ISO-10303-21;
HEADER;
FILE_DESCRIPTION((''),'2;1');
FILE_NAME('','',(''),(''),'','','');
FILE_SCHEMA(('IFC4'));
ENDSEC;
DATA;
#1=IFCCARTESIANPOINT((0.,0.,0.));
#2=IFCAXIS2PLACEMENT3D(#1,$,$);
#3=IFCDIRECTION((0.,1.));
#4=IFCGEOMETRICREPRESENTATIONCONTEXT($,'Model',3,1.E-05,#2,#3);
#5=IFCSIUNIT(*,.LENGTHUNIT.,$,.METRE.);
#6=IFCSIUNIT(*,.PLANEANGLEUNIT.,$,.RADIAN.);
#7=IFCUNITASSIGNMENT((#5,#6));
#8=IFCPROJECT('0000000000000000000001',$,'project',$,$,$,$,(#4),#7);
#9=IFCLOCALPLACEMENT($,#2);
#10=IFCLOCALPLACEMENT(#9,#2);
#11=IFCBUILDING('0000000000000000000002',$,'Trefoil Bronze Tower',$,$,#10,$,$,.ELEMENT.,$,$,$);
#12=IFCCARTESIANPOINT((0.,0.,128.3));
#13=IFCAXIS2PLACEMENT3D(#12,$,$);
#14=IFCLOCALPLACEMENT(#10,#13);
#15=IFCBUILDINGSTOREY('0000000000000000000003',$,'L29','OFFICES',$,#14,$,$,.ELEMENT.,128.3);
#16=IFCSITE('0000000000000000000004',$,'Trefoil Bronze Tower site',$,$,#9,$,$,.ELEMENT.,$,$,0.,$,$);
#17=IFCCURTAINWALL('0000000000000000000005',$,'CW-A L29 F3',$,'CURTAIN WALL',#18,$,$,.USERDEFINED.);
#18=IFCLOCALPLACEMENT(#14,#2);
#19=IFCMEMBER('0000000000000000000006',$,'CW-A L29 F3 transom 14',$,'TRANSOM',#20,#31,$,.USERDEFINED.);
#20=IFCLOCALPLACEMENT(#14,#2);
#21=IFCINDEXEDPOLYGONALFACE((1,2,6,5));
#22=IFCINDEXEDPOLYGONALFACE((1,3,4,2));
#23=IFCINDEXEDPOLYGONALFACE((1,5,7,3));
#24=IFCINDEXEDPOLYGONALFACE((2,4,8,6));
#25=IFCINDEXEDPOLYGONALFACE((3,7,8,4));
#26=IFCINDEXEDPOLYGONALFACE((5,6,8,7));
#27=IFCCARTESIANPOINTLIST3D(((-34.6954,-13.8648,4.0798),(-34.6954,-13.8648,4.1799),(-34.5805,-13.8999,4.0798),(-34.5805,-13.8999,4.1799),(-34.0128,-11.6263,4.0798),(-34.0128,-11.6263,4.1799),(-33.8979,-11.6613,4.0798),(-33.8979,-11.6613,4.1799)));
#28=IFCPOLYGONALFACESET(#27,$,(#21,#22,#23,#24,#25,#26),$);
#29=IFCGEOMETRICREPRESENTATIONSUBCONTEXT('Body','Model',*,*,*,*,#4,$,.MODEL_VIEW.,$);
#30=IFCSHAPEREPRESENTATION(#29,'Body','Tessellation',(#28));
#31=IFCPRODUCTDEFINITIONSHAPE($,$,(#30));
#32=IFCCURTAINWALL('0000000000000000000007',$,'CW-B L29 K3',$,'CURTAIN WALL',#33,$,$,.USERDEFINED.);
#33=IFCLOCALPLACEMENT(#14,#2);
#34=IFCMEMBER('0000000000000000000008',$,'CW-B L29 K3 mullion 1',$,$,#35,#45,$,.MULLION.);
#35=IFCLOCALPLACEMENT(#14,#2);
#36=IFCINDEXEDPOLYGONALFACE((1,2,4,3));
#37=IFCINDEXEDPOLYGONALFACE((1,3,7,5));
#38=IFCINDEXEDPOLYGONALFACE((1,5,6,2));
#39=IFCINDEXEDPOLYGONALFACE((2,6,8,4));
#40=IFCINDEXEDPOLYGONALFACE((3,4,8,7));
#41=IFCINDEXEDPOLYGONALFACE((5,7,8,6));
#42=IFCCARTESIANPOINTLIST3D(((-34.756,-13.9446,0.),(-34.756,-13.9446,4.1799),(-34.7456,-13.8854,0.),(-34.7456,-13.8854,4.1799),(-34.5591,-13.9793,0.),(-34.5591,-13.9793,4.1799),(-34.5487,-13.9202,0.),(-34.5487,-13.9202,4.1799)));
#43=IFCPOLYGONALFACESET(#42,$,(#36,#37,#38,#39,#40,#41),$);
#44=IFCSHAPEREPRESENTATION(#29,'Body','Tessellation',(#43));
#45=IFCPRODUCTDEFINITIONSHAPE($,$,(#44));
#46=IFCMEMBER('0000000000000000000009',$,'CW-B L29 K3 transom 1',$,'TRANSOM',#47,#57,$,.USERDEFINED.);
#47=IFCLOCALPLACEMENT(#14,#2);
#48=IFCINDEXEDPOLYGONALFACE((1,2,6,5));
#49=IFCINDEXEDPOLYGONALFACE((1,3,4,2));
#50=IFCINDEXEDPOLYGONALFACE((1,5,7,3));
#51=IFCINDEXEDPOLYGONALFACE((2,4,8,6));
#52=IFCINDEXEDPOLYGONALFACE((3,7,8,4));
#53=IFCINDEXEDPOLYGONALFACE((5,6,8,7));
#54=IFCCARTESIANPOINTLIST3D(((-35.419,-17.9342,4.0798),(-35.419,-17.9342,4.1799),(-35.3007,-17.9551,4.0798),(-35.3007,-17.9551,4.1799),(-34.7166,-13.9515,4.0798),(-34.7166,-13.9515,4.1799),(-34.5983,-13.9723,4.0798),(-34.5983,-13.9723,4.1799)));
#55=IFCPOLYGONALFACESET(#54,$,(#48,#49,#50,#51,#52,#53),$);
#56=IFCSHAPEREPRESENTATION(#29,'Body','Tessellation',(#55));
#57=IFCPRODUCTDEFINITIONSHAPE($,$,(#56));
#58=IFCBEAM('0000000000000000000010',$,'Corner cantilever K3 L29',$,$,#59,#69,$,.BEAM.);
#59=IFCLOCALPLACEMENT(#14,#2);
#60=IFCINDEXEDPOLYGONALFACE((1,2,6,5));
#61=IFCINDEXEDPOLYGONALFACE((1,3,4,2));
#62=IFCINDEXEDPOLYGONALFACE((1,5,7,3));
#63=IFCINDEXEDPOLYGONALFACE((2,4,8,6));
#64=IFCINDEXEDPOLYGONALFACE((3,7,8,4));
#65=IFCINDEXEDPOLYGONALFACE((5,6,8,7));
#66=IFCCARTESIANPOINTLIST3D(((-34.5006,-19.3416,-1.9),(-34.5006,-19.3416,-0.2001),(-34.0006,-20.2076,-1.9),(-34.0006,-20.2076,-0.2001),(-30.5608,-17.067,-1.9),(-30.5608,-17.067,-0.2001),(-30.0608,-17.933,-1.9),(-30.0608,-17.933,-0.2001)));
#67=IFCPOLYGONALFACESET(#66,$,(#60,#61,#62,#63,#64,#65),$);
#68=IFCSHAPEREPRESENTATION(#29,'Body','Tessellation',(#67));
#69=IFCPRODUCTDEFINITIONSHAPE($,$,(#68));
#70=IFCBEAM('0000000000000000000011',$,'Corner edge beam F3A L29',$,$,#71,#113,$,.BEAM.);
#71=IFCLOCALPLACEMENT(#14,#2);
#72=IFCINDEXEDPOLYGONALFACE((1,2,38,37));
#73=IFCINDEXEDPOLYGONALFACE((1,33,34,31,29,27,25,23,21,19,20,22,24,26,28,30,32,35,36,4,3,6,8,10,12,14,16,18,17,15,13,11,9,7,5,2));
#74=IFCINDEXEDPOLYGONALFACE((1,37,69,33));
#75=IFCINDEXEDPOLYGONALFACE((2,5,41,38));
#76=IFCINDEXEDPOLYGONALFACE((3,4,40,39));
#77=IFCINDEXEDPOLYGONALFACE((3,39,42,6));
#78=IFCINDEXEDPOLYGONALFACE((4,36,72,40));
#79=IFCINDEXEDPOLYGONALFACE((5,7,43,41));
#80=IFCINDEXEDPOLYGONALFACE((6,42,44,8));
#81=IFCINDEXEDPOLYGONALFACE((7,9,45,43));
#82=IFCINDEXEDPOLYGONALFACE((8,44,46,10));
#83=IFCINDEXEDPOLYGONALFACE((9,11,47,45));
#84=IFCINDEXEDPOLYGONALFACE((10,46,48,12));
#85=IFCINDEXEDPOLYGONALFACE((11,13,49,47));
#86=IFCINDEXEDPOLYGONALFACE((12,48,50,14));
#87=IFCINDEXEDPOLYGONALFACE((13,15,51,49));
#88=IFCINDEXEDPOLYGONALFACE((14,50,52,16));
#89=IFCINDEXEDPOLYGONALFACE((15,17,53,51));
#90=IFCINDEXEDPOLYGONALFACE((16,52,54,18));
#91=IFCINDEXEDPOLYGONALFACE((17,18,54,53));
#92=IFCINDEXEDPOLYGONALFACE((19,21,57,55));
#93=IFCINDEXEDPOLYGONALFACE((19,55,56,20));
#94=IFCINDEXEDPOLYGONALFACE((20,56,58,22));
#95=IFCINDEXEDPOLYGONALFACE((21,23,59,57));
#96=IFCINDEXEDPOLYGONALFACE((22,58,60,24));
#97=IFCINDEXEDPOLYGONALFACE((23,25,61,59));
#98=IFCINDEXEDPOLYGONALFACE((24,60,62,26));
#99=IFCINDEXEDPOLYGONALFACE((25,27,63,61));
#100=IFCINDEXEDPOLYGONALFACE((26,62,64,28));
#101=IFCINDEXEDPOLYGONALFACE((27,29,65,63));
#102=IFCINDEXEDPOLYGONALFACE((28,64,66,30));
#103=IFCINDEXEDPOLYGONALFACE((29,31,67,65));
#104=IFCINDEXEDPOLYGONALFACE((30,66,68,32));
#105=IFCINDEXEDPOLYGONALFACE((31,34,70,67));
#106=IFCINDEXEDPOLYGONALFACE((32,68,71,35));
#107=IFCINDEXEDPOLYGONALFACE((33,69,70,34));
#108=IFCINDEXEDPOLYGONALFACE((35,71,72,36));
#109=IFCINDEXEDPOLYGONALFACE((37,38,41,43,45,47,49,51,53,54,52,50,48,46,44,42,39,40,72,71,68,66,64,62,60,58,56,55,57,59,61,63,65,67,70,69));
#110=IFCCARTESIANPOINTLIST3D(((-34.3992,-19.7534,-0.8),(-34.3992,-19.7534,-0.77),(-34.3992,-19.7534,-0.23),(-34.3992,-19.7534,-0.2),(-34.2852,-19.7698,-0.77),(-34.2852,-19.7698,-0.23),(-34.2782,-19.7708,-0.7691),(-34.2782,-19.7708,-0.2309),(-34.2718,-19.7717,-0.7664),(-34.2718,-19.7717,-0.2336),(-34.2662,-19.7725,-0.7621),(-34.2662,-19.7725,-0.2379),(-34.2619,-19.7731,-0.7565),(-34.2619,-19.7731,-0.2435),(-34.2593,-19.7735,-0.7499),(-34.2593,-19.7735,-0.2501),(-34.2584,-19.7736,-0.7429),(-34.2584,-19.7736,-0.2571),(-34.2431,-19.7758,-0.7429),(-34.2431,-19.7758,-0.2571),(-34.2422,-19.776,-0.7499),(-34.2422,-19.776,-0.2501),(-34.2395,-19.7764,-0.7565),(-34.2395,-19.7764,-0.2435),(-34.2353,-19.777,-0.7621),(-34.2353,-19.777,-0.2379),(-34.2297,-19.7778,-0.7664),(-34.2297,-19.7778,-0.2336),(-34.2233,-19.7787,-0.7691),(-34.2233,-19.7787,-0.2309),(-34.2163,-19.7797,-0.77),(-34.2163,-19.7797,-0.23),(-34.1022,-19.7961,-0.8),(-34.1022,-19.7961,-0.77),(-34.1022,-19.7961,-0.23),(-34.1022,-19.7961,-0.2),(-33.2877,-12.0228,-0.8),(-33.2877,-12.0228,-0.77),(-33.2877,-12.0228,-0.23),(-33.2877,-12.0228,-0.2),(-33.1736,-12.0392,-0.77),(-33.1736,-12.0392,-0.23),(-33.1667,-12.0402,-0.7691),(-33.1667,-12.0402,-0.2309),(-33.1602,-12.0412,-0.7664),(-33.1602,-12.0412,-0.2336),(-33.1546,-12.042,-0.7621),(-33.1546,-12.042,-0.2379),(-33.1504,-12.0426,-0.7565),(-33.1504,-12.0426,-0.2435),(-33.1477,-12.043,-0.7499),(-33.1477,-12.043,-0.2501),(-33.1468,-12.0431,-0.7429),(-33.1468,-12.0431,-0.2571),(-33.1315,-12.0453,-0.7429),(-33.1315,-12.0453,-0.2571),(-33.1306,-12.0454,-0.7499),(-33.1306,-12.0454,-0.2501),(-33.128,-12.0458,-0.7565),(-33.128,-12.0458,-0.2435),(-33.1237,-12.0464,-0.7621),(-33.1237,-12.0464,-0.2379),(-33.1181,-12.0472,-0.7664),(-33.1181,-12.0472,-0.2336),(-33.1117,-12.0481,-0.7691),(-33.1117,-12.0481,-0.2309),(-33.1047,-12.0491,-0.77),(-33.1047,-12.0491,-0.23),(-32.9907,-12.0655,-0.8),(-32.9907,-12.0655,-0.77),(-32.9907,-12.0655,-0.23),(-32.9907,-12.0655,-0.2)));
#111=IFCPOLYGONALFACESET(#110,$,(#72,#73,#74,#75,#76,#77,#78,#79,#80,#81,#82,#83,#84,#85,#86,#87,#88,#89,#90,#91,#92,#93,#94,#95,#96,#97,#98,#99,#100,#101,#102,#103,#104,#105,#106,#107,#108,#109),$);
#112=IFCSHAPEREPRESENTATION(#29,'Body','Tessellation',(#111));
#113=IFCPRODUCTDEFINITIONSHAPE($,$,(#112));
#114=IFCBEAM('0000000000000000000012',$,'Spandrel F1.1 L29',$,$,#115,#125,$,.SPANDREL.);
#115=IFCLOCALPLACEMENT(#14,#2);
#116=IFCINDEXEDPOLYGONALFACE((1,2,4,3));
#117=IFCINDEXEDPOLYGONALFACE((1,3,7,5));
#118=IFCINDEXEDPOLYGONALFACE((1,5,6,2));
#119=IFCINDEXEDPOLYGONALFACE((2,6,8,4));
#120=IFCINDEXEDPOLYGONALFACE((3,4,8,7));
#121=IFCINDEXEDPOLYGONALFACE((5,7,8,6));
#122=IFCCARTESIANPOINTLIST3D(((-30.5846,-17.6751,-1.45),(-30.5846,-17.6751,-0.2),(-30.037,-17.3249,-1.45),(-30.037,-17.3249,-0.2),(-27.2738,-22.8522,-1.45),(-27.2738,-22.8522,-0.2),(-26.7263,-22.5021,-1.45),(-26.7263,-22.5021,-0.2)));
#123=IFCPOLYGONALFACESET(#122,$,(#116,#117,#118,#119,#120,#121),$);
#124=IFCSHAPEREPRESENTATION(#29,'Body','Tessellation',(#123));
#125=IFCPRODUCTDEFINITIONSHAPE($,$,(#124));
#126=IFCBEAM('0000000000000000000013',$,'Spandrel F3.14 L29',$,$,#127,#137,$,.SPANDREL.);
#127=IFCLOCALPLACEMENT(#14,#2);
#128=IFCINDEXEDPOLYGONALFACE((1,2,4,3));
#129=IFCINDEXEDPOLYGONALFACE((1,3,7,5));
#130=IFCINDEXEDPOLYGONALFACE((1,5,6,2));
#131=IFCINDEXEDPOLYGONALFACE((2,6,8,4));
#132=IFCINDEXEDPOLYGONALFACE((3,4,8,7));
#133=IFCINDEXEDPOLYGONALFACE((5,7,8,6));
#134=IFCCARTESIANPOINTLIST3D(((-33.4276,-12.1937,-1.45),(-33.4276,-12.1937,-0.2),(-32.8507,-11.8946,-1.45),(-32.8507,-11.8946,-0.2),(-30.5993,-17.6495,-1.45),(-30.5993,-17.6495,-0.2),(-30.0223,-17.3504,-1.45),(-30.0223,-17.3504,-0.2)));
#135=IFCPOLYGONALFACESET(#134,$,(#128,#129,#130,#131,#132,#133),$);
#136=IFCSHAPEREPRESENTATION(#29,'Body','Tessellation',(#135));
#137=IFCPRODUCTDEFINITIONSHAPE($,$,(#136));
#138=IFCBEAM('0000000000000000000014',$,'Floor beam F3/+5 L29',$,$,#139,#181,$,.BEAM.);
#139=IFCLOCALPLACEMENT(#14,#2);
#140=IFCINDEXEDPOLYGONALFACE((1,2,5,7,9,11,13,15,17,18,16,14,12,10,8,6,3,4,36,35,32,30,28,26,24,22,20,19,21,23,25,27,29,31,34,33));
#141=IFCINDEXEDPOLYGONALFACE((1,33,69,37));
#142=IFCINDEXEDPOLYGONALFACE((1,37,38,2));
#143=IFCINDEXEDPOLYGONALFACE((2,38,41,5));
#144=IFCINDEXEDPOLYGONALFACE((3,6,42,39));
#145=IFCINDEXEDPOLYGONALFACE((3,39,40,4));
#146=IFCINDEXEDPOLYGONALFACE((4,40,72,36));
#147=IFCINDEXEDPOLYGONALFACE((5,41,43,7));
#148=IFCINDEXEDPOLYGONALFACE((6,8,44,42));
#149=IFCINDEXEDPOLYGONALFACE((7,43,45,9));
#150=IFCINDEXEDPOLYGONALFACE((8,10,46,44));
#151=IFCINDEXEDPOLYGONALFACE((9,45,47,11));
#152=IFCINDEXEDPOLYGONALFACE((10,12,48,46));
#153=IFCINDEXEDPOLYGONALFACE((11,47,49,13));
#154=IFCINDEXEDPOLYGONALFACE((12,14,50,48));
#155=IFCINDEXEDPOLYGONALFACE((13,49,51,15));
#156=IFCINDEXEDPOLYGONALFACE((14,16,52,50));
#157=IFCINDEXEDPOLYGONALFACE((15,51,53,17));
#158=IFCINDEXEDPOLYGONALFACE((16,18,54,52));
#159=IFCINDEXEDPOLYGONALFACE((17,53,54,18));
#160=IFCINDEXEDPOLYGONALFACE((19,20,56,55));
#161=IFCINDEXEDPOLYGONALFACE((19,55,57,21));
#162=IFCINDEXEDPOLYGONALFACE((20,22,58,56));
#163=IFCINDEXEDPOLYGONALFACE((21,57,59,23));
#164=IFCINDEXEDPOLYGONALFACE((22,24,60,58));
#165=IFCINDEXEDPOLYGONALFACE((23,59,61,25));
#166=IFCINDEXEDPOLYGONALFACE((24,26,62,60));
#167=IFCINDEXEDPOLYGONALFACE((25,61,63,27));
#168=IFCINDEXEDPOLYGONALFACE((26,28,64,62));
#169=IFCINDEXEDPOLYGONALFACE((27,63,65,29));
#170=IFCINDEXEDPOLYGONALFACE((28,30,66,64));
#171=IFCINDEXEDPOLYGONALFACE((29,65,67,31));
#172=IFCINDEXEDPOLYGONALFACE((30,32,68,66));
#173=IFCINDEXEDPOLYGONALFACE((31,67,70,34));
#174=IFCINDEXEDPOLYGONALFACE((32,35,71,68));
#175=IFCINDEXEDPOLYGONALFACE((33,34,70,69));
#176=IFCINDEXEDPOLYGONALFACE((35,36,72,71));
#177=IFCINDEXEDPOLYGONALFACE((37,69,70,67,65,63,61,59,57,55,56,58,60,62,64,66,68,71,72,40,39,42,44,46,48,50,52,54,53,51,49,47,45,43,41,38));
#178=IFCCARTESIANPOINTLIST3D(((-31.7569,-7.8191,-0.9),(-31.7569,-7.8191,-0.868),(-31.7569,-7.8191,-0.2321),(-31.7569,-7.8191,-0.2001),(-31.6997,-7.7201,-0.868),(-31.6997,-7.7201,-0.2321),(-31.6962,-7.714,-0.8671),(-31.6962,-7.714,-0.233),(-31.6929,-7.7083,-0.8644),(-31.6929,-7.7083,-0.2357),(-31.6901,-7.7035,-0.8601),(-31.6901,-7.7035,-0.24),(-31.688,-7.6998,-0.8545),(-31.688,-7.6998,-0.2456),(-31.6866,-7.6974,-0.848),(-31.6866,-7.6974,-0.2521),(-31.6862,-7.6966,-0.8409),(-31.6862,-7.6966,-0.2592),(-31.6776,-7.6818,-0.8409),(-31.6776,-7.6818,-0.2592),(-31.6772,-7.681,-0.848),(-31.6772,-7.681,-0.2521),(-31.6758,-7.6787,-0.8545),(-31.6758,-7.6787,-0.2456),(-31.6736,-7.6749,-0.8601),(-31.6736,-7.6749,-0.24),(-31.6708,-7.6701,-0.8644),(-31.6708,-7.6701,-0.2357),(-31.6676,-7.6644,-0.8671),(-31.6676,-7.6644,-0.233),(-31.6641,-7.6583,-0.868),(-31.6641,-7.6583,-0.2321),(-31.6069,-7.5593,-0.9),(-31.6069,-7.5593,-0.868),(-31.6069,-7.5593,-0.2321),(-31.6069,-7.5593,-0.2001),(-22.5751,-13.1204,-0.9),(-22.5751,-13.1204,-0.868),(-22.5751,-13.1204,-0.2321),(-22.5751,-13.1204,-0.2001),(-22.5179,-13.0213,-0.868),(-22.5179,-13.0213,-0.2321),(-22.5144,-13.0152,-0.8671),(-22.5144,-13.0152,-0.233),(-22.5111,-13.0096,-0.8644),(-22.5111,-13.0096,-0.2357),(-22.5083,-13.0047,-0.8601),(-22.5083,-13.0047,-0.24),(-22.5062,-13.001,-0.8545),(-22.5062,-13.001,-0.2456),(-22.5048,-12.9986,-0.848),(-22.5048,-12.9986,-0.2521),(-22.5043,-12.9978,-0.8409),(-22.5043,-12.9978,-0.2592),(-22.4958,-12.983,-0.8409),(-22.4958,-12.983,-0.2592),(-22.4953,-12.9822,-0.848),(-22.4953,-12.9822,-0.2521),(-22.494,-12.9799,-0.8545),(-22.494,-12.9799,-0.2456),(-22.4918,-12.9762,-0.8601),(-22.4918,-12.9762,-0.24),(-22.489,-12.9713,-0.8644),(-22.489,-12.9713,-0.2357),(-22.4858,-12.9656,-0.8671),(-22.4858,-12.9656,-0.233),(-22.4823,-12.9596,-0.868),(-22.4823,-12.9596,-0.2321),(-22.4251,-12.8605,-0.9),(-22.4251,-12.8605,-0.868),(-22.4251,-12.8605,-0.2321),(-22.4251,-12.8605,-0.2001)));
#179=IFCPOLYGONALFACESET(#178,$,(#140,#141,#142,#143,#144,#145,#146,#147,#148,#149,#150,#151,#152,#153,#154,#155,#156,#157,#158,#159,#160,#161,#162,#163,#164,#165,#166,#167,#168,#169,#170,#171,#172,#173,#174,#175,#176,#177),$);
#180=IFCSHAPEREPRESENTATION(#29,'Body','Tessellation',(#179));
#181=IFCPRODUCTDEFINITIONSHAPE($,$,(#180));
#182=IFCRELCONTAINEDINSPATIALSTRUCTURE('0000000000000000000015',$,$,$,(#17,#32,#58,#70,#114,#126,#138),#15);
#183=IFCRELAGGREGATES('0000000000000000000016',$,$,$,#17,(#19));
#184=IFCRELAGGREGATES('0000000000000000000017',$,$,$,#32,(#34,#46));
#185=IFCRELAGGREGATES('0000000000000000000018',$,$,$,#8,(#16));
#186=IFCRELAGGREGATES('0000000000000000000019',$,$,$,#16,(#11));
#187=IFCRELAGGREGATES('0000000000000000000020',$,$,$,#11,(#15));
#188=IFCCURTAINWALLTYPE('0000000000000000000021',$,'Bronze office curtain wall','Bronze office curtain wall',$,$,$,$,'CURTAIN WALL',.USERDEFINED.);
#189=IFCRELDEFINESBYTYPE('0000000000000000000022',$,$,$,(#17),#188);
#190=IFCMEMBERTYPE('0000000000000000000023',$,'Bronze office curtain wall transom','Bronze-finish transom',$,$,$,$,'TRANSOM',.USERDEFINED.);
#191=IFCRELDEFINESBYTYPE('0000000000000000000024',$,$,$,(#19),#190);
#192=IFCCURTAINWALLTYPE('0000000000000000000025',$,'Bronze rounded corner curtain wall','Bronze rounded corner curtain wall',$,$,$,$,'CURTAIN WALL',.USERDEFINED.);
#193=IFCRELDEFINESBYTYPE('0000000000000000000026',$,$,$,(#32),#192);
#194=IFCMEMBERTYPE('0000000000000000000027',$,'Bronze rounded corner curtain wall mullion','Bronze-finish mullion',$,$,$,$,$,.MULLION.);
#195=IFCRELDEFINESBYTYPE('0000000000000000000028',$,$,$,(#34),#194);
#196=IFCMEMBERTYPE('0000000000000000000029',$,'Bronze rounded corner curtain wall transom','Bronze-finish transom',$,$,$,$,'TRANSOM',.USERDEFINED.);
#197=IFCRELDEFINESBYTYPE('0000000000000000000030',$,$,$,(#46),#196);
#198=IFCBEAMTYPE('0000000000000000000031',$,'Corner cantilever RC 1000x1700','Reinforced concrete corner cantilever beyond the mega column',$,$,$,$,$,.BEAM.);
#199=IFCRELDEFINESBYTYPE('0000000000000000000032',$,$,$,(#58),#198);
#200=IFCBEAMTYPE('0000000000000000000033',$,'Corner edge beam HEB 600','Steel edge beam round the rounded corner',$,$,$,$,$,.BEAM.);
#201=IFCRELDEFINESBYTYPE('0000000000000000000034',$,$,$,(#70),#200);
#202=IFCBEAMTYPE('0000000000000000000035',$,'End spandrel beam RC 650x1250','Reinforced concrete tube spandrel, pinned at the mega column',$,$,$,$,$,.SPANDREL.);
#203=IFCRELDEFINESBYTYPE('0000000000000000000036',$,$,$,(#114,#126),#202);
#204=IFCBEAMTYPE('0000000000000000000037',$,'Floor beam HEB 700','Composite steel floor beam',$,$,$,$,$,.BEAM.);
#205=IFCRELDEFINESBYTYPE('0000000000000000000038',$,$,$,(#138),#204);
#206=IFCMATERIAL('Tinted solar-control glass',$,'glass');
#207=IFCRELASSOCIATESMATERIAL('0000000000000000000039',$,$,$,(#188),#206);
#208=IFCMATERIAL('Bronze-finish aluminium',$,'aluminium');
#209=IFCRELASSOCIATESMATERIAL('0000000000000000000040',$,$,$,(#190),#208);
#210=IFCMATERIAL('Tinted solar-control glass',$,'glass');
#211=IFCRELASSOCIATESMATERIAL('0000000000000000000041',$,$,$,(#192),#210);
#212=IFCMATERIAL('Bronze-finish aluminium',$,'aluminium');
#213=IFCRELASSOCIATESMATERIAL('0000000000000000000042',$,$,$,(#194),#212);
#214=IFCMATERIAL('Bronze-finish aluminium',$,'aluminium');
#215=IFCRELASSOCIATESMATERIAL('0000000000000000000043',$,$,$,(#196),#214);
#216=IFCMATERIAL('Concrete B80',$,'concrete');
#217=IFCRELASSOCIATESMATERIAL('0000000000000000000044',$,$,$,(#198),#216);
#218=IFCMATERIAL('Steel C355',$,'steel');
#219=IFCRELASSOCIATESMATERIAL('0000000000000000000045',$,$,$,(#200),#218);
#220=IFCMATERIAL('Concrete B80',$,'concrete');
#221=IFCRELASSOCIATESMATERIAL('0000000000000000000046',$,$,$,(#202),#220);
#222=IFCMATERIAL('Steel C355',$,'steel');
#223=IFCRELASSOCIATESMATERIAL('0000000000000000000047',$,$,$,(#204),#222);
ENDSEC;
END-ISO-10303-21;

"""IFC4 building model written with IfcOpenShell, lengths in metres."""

from ifc_helpers import new_model, si_unit, direction, frame, origin, origin_2d, place, context, subcontext, project, spatial, rectangle, i_section, extrude, material, material_profile, profile_set, type_object, element, aggregate, save


model = new_model("IFC4")

# Units and contexts
model_context = context("Model", 3, precision=1e-05, world=origin(), true_north=direction((0.0, 1.0)))
body_context = subcontext(model_context, "Body", "Model", "MODEL_VIEW")
ifc_project = project(units=[si_unit("LENGTHUNIT", "METRE"), si_unit("PLANEANGLEUNIT", "RADIAN")], contexts=[model_context])

# Site, building, storey
site_placement = place(None, origin())
site = spatial("IfcSite", under=ifc_project, at=site_placement, Name="Trefoil Bronze Tower site", CompositionType="ELEMENT", RefElevation=0.0)
building_placement = place(site_placement, origin())
building = spatial("IfcBuilding", under=site, at=building_placement, Name="Trefoil Bronze Tower", CompositionType="ELEMENT")
storey_placement = place(building_placement, frame((0.0, 0.0, 128.3)))
storey = spatial("IfcBuildingStorey", under=building, at=storey_placement, Name="L29", Description="OFFICES", CompositionType="ELEMENT", Elevation=128.3)

# Curtain walls, members
ifc_material_1 = material(Name="Tinted solar-control glass", Category="glass")
curtain_wall_type_1 = type_object("IfcCurtainWallType", Name="Bronze office curtain wall", Description="Bronze office curtain wall", ElementType="CURTAIN WALL", PredefinedType="USERDEFINED", material=ifc_material_1)
curtain_wall_1_placement = place(storey_placement, origin())
curtain_wall_1 = element("IfcCurtainWall", 1, at=curtain_wall_1_placement, inside=storey, type_object=curtain_wall_type_1, Name="CW-A L29 F3", ObjectType="CURTAIN WALL", PredefinedType="USERDEFINED")
ifc_material_2 = material(Name="Bronze-finish aluminium", Category="aluminium")
ifc_material_profile_1 = material_profile(ifc_material_2, rectangle(XDim=0.1201, YDim=0.1001, at=origin_2d()), Name="CW-A transom")
ifc_profile_set_1 = profile_set([ifc_material_profile_1], Name="Bronze-finish aluminium")
member_type_1 = type_object("IfcMemberType", Name="Bronze office curtain wall transom", Description="Bronze-finish transom", ElementType="TRANSOM", PredefinedType="USERDEFINED", material=ifc_profile_set_1)
member_1_placement = place(storey_placement, frame((-33.9553, -11.6438, 4.1299), z_axis=(-0.29168, -0.956516, 0.0), x_axis=(0.956516, -0.29168, 0.0)))
member_1 = element("IfcMember", 2, at=member_1_placement, type_object=member_type_1, Name="CW-A L29 F3 transom 14", ObjectType="TRANSOM", PredefinedType="USERDEFINED", context=body_context, shape_type="SweptSolid", body=[
    extrude(rectangle(XDim=0.1201, YDim=0.1001, at=origin_2d()), origin(), (0.0, 0.0, 1.0), 2.3403),
])
ifc_material_3 = material(Name="Tinted solar-control glass", Category="glass")
curtain_wall_type_2 = type_object("IfcCurtainWallType", Name="Bronze rounded corner curtain wall", Description="Bronze rounded corner curtain wall", ElementType="CURTAIN WALL", PredefinedType="USERDEFINED", material=ifc_material_3)
curtain_wall_2_placement = place(storey_placement, origin())
curtain_wall_2 = element("IfcCurtainWall", 3, at=curtain_wall_2_placement, inside=storey, type_object=curtain_wall_type_2, Name="CW-B L29 K3", ObjectType="CURTAIN WALL", PredefinedType="USERDEFINED")
ifc_material_4 = material(Name="Bronze-finish aluminium", Category="aluminium")
ifc_material_profile_2 = material_profile(ifc_material_4, rectangle(XDim=0.2, YDim=0.0601, at=origin_2d()), Name="CW-B mullion")
ifc_profile_set_2 = profile_set([ifc_material_profile_2], Name="Bronze-finish aluminium")
member_type_2 = type_object("IfcMemberType", Name="Bronze rounded corner curtain wall mullion", Description="Bronze-finish mullion", PredefinedType="MULLION", material=ifc_profile_set_2)
member_2_placement = place(storey_placement, frame((-34.6523, -13.9324, 0.0), z_axis=(0.0, 0.0, 1.0), x_axis=(0.984808, -0.173648, 0.0)))
member_2 = element("IfcMember", 4, at=member_2_placement, type_object=member_type_2, Name="CW-B L29 K3 mullion 1", PredefinedType="MULLION", context=body_context, shape_type="SweptSolid", body=[
    extrude(rectangle(XDim=0.2, YDim=0.0601, at=origin_2d()), origin(), (0.0, 0.0, 1.0), 4.1799),
])
ifc_material_5 = material(Name="Bronze-finish aluminium", Category="aluminium")
ifc_material_profile_3 = material_profile(ifc_material_5, rectangle(XDim=0.1201, YDim=0.1001, at=origin_2d()), Name="CW-B transom")
ifc_profile_set_3 = profile_set([ifc_material_profile_3], Name="Bronze-finish aluminium")
member_type_3 = type_object("IfcMemberType", Name="Bronze rounded corner curtain wall transom", Description="Bronze-finish transom", ElementType="TRANSOM", PredefinedType="USERDEFINED", material=ifc_profile_set_3)
member_3_placement = place(storey_placement, frame((-34.6575, -13.9619, 4.1299), z_axis=(-0.173682, -0.984802, 0.0), x_axis=(0.984802, -0.173682, 0.0)))
member_3 = element("IfcMember", 5, at=member_3_placement, type_object=member_type_3, Name="CW-B L29 K3 transom 1", ObjectType="TRANSOM", PredefinedType="USERDEFINED", context=body_context, shape_type="SweptSolid", body=[
    extrude(rectangle(XDim=0.1201, YDim=0.1001, at=origin_2d()), origin(), (0.0, 0.0, 1.0), 4.0442),
])

# Beams
ifc_material_6 = material(Name="Concrete B80", Category="concrete")
ifc_material_profile_4 = material_profile(ifc_material_6, rectangle(XDim=1.0, YDim=1.7, at=origin_2d()), Name="RC 1000x1700")
ifc_profile_set_4 = profile_set([ifc_material_profile_4], Name="Concrete B80")
beam_type_1 = type_object("IfcBeamType", Name="Corner cantilever RC 1000x1700", Description="Reinforced concrete corner cantilever beyond the mega column", PredefinedType="BEAM", material=ifc_profile_set_4)
beam_1_placement = place(storey_placement, frame((-30.3108, -17.5, -1.05), z_axis=(-0.866032, -0.499989, 0.0), x_axis=(0.499989, -0.866032, 0.0)))
element("IfcBeam", 6, at=beam_1_placement, inside=storey, type_object=beam_type_1, Name="Corner cantilever K3 L29", PredefinedType="BEAM", context=body_context, shape_type="SweptSolid", body=[
    extrude(rectangle(XDim=1.0, YDim=1.7, at=origin_2d()), origin(), (0.0, 0.0, 1.0), 4.5493),
])
ifc_material_7 = material(Name="Steel C355", Category="steel")
ifc_material_profile_5 = material_profile(ifc_material_7, i_section(OverallWidth=0.3, OverallDepth=0.6001, WebThickness=0.0154, FlangeThickness=0.03, FilletRadius=0.0271, at=origin_2d()), Name="HEB 600")
ifc_profile_set_5 = profile_set([ifc_material_profile_5], Name="Steel C355")
beam_type_2 = type_object("IfcBeamType", Name="Corner edge beam HEB 600", Description="Steel edge beam round the rounded corner", PredefinedType="BEAM", material=ifc_profile_set_5)
beam_2_placement = place(storey_placement, frame((-33.1392, -12.0442, -0.5), z_axis=(-0.142327, -0.98982, 0.0), x_axis=(0.98982, -0.142327, 0.0)))
element("IfcBeam", 7, at=beam_2_placement, inside=storey, type_object=beam_type_2, Name="Corner edge beam F3A L29", PredefinedType="BEAM", context=body_context, shape_type="SweptSolid", body=[
    extrude(i_section(OverallWidth=0.3, OverallDepth=0.6001, WebThickness=0.0154, FlangeThickness=0.03, FilletRadius=0.0271, at=origin_2d()), origin(), (0.0, 0.0, 1.0), 7.8101),
])
ifc_material_8 = material(Name="Concrete B80", Category="concrete")
ifc_material_profile_6 = material_profile(ifc_material_8, rectangle(XDim=0.6499, YDim=1.25, at=origin_2d()), Name="RC 650x1250")
ifc_profile_set_6 = profile_set([ifc_material_profile_6], Name="Concrete B80")
beam_type_3 = type_object("IfcBeamType", Name="End spandrel beam RC 650x1250", Description="Reinforced concrete tube spandrel, pinned at the mega column", PredefinedType="SPANDREL", material=ifc_profile_set_6)
for number, where, z_axis, x_axis, name in (
    (8, (-30.3108, -17.5, -0.825), (0.538748, -0.842467, 0.0), (0.842467, 0.538748, 0.0), "Spandrel F1.1 L29"),
    (9, (-33.1392, -12.0442, -0.825), (0.460244, -0.887792, 0.0), (0.887792, 0.460244, 0.0), "Spandrel F3.14 L29"),
):
    element("IfcBeam", number, at=place(storey_placement, frame(where, z_axis=z_axis, x_axis=x_axis)), inside=storey, type_object=beam_type_3, Name=name, PredefinedType="SPANDREL", context=body_context, shape_type="SweptSolid", body=[
        extrude(rectangle(XDim=0.6499, YDim=1.25, at=origin_2d()), origin(), (0.0, 0.0, 1.0), 6.1453),
    ])
ifc_material_9 = material(Name="Steel C355", Category="steel")
ifc_material_profile_7 = material_profile(ifc_material_9, i_section(OverallWidth=0.3, OverallDepth=0.7, WebThickness=0.0171, FlangeThickness=0.032, FilletRadius=0.0271, at=origin_2d()), Name="HEB 700")
ifc_profile_set_7 = profile_set([ifc_material_profile_7], Name="Steel C355")
beam_type_4 = type_object("IfcBeamType", Name="Floor beam HEB 700", Description="Composite steel floor beam", PredefinedType="BEAM", material=ifc_profile_set_7)
beam_3_placement = place(storey_placement, frame((-31.6819, -7.6892, -0.55), z_axis=(0.866021, -0.500007, 0.0), x_axis=(0.500007, 0.866021, 0.0)))
element("IfcBeam", 10, at=beam_3_placement, inside=storey, type_object=beam_type_4, Name="Floor beam F3/+5 L29", PredefinedType="BEAM", context=body_context, shape_type="SweptSolid", body=[
    extrude(i_section(OverallWidth=0.3, OverallDepth=0.7, WebThickness=0.0171, FlangeThickness=0.032, FilletRadius=0.0271, at=origin_2d()), origin(), (0.0, 0.0, 1.0), 10.6023),
])

aggregate(curtain_wall_1, [member_1])
aggregate(curtain_wall_2, [member_2, member_3])

save(model, "model.ifc")
